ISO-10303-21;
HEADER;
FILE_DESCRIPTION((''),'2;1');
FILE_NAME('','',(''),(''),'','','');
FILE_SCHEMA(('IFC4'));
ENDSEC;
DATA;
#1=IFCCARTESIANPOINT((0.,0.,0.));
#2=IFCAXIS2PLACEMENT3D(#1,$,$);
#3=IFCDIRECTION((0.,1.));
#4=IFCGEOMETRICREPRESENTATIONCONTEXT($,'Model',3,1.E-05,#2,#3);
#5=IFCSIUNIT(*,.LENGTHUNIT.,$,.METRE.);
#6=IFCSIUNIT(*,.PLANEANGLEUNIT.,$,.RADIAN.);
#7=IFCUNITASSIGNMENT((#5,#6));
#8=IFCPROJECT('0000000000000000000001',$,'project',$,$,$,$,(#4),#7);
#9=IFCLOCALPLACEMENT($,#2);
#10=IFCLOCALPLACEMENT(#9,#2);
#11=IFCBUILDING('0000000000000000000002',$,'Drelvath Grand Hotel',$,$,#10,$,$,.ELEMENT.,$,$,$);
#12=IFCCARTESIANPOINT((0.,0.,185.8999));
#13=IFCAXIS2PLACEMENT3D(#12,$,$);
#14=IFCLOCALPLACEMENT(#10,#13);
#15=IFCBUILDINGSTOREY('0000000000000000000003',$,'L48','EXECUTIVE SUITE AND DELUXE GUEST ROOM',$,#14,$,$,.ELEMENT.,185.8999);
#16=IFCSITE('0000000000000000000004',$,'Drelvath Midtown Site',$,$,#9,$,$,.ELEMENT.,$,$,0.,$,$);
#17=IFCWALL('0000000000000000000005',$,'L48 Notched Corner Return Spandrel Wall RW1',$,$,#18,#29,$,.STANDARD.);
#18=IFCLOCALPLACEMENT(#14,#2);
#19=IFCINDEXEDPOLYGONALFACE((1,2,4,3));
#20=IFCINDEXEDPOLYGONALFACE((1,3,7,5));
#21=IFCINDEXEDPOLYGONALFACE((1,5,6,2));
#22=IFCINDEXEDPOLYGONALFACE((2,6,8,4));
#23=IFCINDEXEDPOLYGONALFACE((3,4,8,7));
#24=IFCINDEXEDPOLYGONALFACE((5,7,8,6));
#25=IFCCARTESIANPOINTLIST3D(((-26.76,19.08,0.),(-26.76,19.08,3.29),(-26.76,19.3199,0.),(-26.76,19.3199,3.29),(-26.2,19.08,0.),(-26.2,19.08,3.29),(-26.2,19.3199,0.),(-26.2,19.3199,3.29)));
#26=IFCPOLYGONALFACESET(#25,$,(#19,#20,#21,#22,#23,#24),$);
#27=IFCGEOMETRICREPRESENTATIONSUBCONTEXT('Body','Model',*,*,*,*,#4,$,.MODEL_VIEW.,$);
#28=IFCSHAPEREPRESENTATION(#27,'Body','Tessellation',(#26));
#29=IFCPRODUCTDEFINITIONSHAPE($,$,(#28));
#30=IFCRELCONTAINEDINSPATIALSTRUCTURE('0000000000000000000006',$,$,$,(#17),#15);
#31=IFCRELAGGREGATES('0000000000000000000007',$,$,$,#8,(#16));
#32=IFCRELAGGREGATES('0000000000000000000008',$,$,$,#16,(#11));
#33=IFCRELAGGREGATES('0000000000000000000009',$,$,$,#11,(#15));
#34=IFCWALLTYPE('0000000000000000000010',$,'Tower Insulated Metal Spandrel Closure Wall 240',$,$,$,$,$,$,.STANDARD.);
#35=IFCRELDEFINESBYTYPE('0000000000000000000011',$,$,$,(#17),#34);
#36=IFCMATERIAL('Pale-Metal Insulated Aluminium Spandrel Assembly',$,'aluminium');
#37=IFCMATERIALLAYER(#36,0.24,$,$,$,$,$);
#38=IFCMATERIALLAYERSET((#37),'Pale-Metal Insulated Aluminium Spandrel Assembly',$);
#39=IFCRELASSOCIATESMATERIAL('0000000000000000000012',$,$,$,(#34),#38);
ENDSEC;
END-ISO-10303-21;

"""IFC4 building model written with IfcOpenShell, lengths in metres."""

from ifc_helpers import new_model, si_unit, direction, frame, frame_2d, origin, place, context, subcontext, project, spatial, rectangle, extrude, material, layer, layer_set, type_object, element, save


model = new_model("IFC4")

# Units and contexts
model_context = context("Model", 3, precision=1e-05, world=origin(), true_north=direction((0.0, 1.0)))
body_context = subcontext(model_context, "Body", "Model", "MODEL_VIEW")
ifc_project = project(units=[si_unit("LENGTHUNIT", "METRE"), si_unit("PLANEANGLEUNIT", "RADIAN")], contexts=[model_context])

# Site, building, storey
site_placement = place(None, origin())
site = spatial("IfcSite", under=ifc_project, at=site_placement, Name="Drelvath Midtown Site", CompositionType="ELEMENT", RefElevation=0.0)
building_placement = place(site_placement, origin())
building = spatial("IfcBuilding", under=site, at=building_placement, Name="Drelvath Grand Hotel", CompositionType="ELEMENT")
storey_placement = place(building_placement, frame((0.0, 0.0, 185.8999)))
storey = spatial("IfcBuildingStorey", under=building, at=storey_placement, Name="L48", Description="EXECUTIVE SUITE AND DELUXE GUEST ROOM", CompositionType="ELEMENT", Elevation=185.8999)

# Wall
ifc_material_1 = material(Name="Pale-Metal Insulated Aluminium Spandrel Assembly", Category="aluminium")
ifc_layer_1 = layer(ifc_material_1, 0.24)
ifc_layer_set_1 = layer_set([ifc_layer_1], Name="Pale-Metal Insulated Aluminium Spandrel Assembly")
wall_type_1 = type_object("IfcWallType", Name="Tower Insulated Metal Spandrel Closure Wall 240", PredefinedType="STANDARD", material=ifc_layer_set_1)
wall_1_placement = place(storey_placement, frame((-26.76, 19.2, 0.0), z_axis=(0.0, 0.0, 1.0), x_axis=(1.0, 0.0, 0.0)))
element("IfcWall", 1, at=wall_1_placement, inside=storey, type_object=wall_type_1, Name="L48 Notched Corner Return Spandrel Wall RW1", PredefinedType="STANDARD", context=body_context, shape_type="SweptSolid", body=[
    extrude(rectangle(XDim=0.5601, YDim=0.24, at=frame_2d((0.28, 0.0))), origin(), (0.0, 0.0, 1.0), 3.29),
])

save(model, "model.ifc")
